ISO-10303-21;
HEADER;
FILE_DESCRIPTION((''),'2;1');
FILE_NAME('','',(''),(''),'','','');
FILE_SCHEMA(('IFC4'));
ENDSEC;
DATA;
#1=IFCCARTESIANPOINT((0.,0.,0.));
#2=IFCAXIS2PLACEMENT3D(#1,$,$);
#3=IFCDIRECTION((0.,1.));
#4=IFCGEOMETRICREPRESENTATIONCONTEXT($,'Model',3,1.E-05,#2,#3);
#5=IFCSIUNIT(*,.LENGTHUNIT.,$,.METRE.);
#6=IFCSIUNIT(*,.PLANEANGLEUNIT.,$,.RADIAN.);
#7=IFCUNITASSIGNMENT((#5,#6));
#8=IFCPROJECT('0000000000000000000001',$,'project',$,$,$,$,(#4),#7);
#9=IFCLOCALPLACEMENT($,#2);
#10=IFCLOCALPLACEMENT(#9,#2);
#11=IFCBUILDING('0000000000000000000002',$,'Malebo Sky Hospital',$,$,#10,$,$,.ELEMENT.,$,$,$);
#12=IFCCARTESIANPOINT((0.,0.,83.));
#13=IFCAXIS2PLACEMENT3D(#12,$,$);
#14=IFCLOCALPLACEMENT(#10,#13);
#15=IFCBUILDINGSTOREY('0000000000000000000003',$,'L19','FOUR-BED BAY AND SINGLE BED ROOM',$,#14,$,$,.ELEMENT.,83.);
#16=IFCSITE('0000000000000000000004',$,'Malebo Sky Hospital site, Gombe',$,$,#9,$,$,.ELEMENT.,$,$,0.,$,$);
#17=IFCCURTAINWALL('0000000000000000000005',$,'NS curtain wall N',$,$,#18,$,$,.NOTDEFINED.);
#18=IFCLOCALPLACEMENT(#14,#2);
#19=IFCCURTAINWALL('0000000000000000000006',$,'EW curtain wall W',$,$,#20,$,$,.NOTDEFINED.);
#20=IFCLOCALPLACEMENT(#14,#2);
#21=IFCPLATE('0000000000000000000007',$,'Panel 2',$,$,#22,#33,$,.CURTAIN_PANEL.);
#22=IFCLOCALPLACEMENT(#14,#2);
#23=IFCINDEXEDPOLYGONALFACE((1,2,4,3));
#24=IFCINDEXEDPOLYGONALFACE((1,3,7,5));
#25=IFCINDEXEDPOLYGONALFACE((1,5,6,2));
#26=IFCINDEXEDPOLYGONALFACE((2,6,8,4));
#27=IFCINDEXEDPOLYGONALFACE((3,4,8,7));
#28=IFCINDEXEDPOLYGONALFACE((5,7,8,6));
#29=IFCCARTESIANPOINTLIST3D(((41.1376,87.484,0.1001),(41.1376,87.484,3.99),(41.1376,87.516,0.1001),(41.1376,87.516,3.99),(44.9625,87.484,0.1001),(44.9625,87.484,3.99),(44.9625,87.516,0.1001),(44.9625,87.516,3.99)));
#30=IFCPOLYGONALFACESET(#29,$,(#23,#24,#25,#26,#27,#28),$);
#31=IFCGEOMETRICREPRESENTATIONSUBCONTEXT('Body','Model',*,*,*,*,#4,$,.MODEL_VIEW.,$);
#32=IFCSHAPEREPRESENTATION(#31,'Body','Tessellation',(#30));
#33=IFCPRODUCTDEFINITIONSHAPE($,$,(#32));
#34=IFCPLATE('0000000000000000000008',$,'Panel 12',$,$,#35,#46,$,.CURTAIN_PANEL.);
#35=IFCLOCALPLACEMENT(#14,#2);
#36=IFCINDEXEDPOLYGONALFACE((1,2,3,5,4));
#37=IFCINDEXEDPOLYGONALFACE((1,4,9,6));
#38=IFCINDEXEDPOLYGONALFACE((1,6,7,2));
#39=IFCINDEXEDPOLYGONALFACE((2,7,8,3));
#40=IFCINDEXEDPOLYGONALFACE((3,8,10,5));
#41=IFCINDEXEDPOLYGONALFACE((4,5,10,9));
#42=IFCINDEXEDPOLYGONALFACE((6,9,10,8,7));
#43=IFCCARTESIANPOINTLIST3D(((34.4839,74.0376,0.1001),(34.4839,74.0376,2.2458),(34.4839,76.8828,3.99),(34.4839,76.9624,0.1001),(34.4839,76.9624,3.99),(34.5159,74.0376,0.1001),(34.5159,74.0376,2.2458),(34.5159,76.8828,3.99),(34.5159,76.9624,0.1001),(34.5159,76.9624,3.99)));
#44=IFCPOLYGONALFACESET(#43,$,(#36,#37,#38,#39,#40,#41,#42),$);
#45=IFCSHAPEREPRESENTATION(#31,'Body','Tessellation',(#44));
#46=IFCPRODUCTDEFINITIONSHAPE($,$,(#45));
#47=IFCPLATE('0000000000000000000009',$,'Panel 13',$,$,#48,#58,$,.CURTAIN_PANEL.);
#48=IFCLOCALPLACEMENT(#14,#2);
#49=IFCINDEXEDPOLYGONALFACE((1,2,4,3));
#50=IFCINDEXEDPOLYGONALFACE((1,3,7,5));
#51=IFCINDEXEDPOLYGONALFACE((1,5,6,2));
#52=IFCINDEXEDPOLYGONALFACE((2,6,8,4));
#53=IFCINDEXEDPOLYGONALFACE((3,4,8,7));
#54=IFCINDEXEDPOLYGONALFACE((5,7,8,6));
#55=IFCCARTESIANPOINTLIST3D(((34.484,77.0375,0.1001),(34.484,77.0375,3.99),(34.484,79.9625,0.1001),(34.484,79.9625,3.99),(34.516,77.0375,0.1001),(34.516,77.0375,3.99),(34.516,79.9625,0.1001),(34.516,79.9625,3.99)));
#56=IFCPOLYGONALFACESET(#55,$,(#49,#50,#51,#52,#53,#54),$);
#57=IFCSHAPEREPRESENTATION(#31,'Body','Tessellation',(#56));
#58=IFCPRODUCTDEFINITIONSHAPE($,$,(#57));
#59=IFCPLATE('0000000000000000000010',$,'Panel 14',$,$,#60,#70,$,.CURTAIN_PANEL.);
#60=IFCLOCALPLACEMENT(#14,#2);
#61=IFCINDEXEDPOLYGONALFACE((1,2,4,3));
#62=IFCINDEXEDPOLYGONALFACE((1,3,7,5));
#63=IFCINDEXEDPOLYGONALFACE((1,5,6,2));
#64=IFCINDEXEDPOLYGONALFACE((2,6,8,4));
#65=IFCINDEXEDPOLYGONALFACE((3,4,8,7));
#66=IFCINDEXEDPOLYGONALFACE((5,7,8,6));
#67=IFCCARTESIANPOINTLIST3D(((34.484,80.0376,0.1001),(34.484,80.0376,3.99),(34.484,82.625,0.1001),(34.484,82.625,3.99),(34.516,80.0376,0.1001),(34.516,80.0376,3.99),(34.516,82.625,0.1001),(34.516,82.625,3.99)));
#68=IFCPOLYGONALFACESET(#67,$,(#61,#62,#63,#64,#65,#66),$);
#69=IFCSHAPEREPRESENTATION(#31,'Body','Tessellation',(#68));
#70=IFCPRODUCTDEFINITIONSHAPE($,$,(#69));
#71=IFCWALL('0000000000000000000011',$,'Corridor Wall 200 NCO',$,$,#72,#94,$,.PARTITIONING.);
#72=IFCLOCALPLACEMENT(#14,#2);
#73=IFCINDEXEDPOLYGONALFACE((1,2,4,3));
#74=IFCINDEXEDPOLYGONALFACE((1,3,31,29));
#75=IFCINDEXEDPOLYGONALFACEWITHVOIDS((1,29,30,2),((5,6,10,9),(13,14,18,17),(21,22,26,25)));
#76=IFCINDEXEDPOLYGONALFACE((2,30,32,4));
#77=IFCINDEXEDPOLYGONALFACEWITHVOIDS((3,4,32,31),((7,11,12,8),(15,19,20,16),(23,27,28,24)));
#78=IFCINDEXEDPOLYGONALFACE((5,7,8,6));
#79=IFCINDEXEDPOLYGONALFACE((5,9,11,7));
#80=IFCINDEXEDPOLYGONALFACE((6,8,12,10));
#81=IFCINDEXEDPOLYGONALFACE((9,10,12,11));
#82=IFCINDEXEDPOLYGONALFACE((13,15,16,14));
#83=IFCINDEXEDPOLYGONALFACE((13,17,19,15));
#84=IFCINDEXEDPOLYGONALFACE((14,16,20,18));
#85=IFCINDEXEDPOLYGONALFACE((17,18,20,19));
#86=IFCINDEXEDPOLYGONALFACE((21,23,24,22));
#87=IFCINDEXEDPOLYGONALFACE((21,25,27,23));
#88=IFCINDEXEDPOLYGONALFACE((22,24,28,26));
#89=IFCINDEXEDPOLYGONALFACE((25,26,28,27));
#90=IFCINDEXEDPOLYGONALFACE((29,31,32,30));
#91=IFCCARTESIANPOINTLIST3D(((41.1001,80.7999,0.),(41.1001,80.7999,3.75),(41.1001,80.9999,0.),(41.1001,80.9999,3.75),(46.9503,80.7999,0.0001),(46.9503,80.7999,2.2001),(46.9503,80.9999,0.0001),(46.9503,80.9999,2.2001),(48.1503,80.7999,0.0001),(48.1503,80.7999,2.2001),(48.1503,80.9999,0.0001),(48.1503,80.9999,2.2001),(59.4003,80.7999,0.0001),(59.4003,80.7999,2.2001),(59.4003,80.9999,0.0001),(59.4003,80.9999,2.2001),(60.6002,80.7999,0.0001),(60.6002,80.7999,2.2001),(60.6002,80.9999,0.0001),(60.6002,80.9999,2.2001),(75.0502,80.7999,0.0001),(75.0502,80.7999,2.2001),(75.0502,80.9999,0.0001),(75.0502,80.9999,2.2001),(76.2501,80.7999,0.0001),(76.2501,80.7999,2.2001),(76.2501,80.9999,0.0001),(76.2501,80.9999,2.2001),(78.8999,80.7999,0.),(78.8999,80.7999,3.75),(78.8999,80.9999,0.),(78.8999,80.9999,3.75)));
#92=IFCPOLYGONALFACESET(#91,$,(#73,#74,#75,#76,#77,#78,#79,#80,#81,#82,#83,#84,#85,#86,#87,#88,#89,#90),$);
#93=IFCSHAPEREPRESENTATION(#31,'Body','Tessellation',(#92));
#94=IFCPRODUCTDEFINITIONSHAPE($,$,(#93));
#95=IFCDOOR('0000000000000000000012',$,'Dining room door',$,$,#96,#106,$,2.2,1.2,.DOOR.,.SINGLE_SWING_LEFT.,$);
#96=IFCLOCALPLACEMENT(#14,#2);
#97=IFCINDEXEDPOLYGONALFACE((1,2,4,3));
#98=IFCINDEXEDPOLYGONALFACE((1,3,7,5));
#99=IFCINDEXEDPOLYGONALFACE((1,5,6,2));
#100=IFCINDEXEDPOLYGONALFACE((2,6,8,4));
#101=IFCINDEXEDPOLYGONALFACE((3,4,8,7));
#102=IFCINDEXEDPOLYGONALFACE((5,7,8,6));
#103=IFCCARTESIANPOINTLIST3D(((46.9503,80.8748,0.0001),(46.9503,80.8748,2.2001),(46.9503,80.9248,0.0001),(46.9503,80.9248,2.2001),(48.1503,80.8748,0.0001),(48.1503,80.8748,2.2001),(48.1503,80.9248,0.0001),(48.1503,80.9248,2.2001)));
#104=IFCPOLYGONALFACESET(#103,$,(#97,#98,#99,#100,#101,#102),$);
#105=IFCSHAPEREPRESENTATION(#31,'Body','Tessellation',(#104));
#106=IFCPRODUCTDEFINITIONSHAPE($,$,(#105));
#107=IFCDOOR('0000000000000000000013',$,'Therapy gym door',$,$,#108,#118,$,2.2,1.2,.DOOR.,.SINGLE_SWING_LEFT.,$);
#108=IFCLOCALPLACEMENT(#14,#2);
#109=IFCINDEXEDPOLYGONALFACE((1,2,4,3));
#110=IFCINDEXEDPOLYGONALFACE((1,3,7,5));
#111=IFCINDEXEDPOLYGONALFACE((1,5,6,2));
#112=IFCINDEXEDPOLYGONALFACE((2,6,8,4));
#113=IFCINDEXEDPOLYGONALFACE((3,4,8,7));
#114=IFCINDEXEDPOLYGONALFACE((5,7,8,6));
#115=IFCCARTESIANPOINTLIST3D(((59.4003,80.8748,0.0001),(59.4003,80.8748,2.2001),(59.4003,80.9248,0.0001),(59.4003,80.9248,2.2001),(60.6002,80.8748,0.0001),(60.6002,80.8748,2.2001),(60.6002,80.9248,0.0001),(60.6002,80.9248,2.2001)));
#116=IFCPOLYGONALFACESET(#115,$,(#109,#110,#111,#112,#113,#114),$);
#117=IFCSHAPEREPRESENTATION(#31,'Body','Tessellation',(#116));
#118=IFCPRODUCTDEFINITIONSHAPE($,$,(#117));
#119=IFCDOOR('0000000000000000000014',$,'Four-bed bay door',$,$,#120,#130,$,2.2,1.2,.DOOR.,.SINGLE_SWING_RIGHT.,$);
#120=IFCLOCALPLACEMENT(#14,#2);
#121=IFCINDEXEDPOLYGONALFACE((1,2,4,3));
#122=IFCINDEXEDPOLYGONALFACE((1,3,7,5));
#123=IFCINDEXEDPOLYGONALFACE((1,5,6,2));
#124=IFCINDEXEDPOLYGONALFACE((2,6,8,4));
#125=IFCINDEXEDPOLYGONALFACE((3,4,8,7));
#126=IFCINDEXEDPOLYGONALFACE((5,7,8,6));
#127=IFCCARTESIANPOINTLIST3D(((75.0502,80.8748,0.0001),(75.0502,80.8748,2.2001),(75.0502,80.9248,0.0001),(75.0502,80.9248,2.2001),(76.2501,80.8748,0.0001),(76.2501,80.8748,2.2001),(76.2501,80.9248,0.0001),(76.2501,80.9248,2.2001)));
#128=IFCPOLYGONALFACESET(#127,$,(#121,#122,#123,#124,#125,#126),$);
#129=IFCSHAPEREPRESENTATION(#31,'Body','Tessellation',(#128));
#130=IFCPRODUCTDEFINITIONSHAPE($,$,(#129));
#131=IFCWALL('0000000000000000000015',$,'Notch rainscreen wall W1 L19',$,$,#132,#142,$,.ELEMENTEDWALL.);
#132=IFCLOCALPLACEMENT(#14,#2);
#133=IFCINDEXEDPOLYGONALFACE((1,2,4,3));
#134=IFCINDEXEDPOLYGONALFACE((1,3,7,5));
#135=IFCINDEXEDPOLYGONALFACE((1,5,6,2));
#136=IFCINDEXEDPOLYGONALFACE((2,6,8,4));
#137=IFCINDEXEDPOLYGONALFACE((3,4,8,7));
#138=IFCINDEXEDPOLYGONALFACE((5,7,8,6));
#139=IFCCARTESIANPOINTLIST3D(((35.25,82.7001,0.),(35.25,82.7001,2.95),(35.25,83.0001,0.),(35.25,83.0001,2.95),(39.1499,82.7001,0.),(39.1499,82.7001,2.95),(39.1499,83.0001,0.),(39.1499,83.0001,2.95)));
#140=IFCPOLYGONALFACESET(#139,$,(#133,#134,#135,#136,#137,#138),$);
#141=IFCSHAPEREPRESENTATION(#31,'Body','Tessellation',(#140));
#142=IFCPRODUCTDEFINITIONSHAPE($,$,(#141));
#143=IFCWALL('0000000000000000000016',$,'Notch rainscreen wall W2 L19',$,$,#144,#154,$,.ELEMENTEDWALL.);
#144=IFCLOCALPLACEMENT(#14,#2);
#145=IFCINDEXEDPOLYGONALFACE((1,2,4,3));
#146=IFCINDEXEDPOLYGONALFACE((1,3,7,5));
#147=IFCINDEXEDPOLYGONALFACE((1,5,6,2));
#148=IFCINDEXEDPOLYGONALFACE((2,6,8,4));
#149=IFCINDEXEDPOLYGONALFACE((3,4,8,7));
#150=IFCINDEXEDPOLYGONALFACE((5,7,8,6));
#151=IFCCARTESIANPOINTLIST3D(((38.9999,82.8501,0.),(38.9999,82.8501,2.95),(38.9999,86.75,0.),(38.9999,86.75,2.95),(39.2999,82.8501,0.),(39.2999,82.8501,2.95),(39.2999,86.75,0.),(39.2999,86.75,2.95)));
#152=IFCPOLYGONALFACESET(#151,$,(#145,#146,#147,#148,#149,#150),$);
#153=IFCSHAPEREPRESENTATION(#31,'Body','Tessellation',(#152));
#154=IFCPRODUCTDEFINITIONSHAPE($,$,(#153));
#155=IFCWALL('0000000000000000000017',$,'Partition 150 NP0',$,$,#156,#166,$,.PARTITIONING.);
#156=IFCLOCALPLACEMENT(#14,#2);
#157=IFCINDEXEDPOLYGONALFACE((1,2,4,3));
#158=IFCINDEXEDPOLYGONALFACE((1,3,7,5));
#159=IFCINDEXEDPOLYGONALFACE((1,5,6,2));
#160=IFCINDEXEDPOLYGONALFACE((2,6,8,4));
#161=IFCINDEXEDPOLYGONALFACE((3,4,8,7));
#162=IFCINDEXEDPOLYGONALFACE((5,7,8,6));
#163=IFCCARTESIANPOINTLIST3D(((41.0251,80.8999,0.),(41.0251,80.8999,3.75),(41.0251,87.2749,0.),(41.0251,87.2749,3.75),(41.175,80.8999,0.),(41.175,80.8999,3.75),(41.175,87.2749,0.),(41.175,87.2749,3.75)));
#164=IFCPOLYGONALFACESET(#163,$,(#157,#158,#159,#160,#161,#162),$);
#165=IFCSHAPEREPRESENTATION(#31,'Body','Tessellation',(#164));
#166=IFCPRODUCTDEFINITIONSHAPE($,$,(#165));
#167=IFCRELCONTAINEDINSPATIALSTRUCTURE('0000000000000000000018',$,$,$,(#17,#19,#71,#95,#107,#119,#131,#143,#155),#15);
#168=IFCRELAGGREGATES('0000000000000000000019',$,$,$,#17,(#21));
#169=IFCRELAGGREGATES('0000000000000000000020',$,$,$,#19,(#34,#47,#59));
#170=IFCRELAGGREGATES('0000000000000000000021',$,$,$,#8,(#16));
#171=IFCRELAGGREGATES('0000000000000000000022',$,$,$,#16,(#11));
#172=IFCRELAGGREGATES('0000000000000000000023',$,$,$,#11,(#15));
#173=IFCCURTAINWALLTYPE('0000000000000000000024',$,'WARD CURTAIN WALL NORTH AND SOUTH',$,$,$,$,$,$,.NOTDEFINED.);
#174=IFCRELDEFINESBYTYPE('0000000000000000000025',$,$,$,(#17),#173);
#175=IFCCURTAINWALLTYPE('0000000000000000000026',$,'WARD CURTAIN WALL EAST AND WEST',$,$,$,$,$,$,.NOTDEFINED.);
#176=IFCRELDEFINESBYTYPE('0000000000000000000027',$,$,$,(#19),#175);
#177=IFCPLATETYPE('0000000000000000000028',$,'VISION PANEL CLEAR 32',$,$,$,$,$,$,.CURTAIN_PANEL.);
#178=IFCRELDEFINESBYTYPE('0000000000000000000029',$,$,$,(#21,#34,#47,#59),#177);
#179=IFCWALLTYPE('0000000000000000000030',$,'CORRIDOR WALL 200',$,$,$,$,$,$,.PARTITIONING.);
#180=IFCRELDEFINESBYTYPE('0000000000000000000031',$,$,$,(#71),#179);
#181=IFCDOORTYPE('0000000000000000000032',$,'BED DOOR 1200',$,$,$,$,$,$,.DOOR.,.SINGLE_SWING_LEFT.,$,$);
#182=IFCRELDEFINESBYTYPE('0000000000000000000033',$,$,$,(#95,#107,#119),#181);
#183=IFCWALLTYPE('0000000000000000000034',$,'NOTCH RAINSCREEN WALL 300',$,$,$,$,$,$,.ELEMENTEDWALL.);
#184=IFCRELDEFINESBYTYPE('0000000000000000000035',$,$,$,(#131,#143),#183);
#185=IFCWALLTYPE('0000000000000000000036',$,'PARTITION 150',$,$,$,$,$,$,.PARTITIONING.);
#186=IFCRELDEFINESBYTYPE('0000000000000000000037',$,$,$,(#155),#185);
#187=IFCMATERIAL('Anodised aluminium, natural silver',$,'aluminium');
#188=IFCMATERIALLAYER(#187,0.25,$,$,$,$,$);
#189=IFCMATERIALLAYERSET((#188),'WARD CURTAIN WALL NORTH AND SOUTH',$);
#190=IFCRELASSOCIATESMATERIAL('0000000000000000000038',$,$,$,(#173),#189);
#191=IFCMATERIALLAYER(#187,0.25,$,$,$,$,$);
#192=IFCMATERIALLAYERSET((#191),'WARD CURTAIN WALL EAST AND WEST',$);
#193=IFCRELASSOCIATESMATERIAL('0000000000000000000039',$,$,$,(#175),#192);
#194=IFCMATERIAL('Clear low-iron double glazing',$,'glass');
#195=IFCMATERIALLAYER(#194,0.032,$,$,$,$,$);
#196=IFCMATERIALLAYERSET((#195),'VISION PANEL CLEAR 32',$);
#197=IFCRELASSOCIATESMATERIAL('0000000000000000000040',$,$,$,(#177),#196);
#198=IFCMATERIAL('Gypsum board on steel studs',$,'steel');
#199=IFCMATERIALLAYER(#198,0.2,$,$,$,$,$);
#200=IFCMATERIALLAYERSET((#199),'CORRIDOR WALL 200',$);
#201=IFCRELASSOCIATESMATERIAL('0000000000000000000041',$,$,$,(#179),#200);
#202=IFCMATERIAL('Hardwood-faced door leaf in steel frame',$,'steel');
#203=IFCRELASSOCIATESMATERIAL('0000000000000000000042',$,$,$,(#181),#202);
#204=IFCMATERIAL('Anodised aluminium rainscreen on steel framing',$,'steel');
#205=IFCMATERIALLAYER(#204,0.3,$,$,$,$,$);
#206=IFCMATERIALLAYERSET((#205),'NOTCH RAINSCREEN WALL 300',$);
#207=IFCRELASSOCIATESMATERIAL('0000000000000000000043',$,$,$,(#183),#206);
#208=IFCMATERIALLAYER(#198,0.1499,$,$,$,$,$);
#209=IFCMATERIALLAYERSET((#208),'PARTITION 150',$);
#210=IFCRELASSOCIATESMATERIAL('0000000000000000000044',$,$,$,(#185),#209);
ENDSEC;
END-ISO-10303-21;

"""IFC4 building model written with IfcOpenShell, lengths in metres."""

from ifc_helpers import new_model, si_unit, direction, frame, frame_2d, origin, origin_2d, place, context, subcontext, project, spatial, polyline, rectangle, outline, extrude, material, layer, layer_set, type_object, element, fill, aggregate, save


model = new_model("IFC4")

# Units and contexts
model_context = context("Model", 3, precision=1e-05, world=origin(), true_north=direction((0.0, 1.0)))
body_context = subcontext(model_context, "Body", "Model", "MODEL_VIEW")
ifc_project = project(units=[si_unit("LENGTHUNIT", "METRE"), si_unit("PLANEANGLEUNIT", "RADIAN")], contexts=[model_context])

# Site, building, storey
site_placement = place(None, origin())
site = spatial("IfcSite", under=ifc_project, at=site_placement, Name="Malebo Sky Hospital site, Gombe", CompositionType="ELEMENT", RefElevation=0.0)
building_placement = place(site_placement, origin())
building = spatial("IfcBuilding", under=site, at=building_placement, Name="Malebo Sky Hospital", CompositionType="ELEMENT")
storey_placement = place(building_placement, frame((0.0, 0.0, 83.0)))
storey = spatial("IfcBuildingStorey", under=building, at=storey_placement, Name="L19", Description="FOUR-BED BAY AND SINGLE BED ROOM", CompositionType="ELEMENT", Elevation=83.0)

# Curtain walls
ifc_material_1 = material(Name="Anodised aluminium, natural silver", Category="aluminium")
ifc_layer_1 = layer(ifc_material_1, 0.25)
ifc_layer_set_1 = layer_set([ifc_layer_1], Name="WARD CURTAIN WALL NORTH AND SOUTH")
curtain_wall_type_1 = type_object("IfcCurtainWallType", Name="WARD CURTAIN WALL NORTH AND SOUTH", PredefinedType="NOTDEFINED", material=ifc_layer_set_1)
curtain_wall_1_placement = place(storey_placement, origin())
curtain_wall_1 = element("IfcCurtainWall", 1, at=curtain_wall_1_placement, inside=storey, type_object=curtain_wall_type_1, Name="NS curtain wall N", PredefinedType="NOTDEFINED")
ifc_layer_2 = layer(ifc_material_1, 0.25)
ifc_layer_set_2 = layer_set([ifc_layer_2], Name="WARD CURTAIN WALL EAST AND WEST")
curtain_wall_type_2 = type_object("IfcCurtainWallType", Name="WARD CURTAIN WALL EAST AND WEST", PredefinedType="NOTDEFINED", material=ifc_layer_set_2)
curtain_wall_2_placement = place(storey_placement, origin())
curtain_wall_2 = element("IfcCurtainWall", 2, at=curtain_wall_2_placement, inside=storey, type_object=curtain_wall_type_2, Name="EW curtain wall W", PredefinedType="NOTDEFINED")

# Plates
ifc_material_2 = material(Name="Clear low-iron double glazing", Category="glass")
ifc_layer_3 = layer(ifc_material_2, 0.032)
ifc_layer_set_3 = layer_set([ifc_layer_3], Name="VISION PANEL CLEAR 32")
plate_type = type_object("IfcPlateType", Name="VISION PANEL CLEAR 32", PredefinedType="CURTAIN_PANEL", material=ifc_layer_set_3)
plate_1_placement = place(storey_placement, frame((43.05, 87.5, 0.1001), z_axis=(0.0, 0.0, 1.0), x_axis=(1.0, 0.0, 0.0)))
plate_1 = element("IfcPlate", 3, at=plate_1_placement, type_object=plate_type, Name="Panel 2", PredefinedType="CURTAIN_PANEL", context=body_context, shape_type="SweptSolid", body=[
    extrude(rectangle(XDim=3.825, YDim=0.032, at=origin_2d()), origin(), (0.0, 0.0, 1.0), 3.8899),
])
aggregate(curtain_wall_1, [plate_1])
plate_2_placement = place(storey_placement, frame((34.5, 75.5, 0.1001), z_axis=(0.0, 0.0, 1.0), x_axis=(0.0, 1.0, 0.0)))
plate_2 = element("IfcPlate", 4, at=plate_2_placement, type_object=plate_type, Name="Panel 12", PredefinedType="CURTAIN_PANEL", context=body_context, shape_type="SweptSolid", body=[
    extrude(outline(polyline([(-1.4624, 0.0), (1.4624, 0.0), (1.4624, 3.8899), (1.3828, 3.8899), (-1.4624, 2.1458), (-1.4624, 0.0)])), frame((0.0, 0.0161, 0.0), z_axis=(0.0, -1.0, 0.0), x_axis=(1.0, 0.0, 0.0)), (0.0, 0.0, 1.0), 0.032),
])
plate_3_placement = place(storey_placement, frame((34.5, 78.5, 0.1001), z_axis=(0.0, 0.0, 1.0), x_axis=(0.0, 1.0, 0.0)))
plate_3 = element("IfcPlate", 5, at=plate_3_placement, type_object=plate_type, Name="Panel 13", PredefinedType="CURTAIN_PANEL", context=body_context, shape_type="SweptSolid", body=[
    extrude(rectangle(XDim=2.925, YDim=0.032, at=origin_2d()), origin(), (0.0, 0.0, 1.0), 3.8899),
])
plate_4_placement = place(storey_placement, frame((34.5, 81.3313, 0.1001), z_axis=(0.0, 0.0, 1.0), x_axis=(0.0, 1.0, 0.0)))
plate_4 = element("IfcPlate", 6, at=plate_4_placement, type_object=plate_type, Name="Panel 14", PredefinedType="CURTAIN_PANEL", context=body_context, shape_type="SweptSolid", body=[
    extrude(rectangle(XDim=2.5874, YDim=0.032, at=origin_2d()), origin(), (0.0, 0.0, 1.0), 3.8899),
])
aggregate(curtain_wall_2, [plate_2, plate_3, plate_4])

# Wall, openings, doors
ifc_material_3 = material(Name="Gypsum board on steel studs", Category="steel")
ifc_layer_4 = layer(ifc_material_3, 0.2)
ifc_layer_set_4 = layer_set([ifc_layer_4], Name="CORRIDOR WALL 200")
wall_type_1 = type_object("IfcWallType", Name="CORRIDOR WALL 200", PredefinedType="PARTITIONING", material=ifc_layer_set_4)
wall_1_placement = place(storey_placement, frame((41.1001, 80.8999, 0.0), z_axis=(0.0, 0.0, 1.0), x_axis=(1.0, 0.0, 0.0)))
wall_1 = element("IfcWall", 7, at=wall_1_placement, inside=storey, type_object=wall_type_1, Name="Corridor Wall 200 NCO", PredefinedType="PARTITIONING", context=body_context, shape_type="SweptSolid", body=[
    extrude(rectangle(XDim=37.7998, YDim=0.2, at=frame_2d((18.8999, 0.0))), origin(), (0.0, 0.0, 1.0), 3.75),
])
opening_1_placement = place(wall_1_placement, frame((5.8501, 0.0, 0.0)))
opening_1 = element("IfcOpeningElement", 8, at=opening_1_placement, cuts=wall_1, PredefinedType="OPENING", context=body_context, shape_type="SweptSolid", body=[
    extrude(rectangle(XDim=1.2, YDim=2.2, at=frame_2d((0.6001, 1.1001))), frame((0.0, 0.1099, 0.0), z_axis=(0.0, -1.0, 0.0), x_axis=(1.0, 0.0, 0.0)), (0.0, 0.0, 1.0), 0.22),
])
opening_2_placement = place(wall_1_placement, frame((18.3, 0.0, 0.0)))
opening_2 = element("IfcOpeningElement", 9, at=opening_2_placement, cuts=wall_1, PredefinedType="OPENING", context=body_context, shape_type="SweptSolid", body=[
    extrude(rectangle(XDim=1.2, YDim=2.2, at=frame_2d((0.6001, 1.1001))), frame((0.0, 0.1099, 0.0), z_axis=(0.0, -1.0, 0.0), x_axis=(1.0, 0.0, 0.0)), (0.0, 0.0, 1.0), 0.22),
])
opening_3_placement = place(wall_1_placement, frame((33.95, 0.0, 0.0)))
opening_3 = element("IfcOpeningElement", 10, at=opening_3_placement, cuts=wall_1, PredefinedType="OPENING", context=body_context, shape_type="SweptSolid", body=[
    extrude(rectangle(XDim=1.2, YDim=2.2, at=frame_2d((0.6001, 1.1001))), frame((0.0, 0.1099, 0.0), z_axis=(0.0, -1.0, 0.0), x_axis=(1.0, 0.0, 0.0)), (0.0, 0.0, 1.0), 0.22),
])
ifc_material_4 = material(Name="Hardwood-faced door leaf in steel frame", Category="steel")
door_type_1 = type_object("IfcDoorType", Name="BED DOOR 1200", OperationType="SINGLE_SWING_LEFT", PredefinedType="DOOR", material=ifc_material_4)
door_1_placement = place(opening_1_placement, origin())
door_1 = element("IfcDoor", 11, at=door_1_placement, inside=storey, type_object=door_type_1, Name="Dining room door", OperationType="SINGLE_SWING_LEFT", OverallHeight=2.2, OverallWidth=1.2, PredefinedType="DOOR", context=body_context, shape_type="SweptSolid", body=[
    extrude(rectangle(XDim=1.2, YDim=2.2, at=frame_2d((0.6001, 1.1001))), frame((0.0, 0.0249, 0.0), z_axis=(0.0, -1.0, 0.0), x_axis=(1.0, 0.0, 0.0)), (0.0, 0.0, 1.0), 0.05),
])
fill(opening_1, door_1)
door_2_placement = place(opening_2_placement, origin())
door_2 = element("IfcDoor", 12, at=door_2_placement, inside=storey, type_object=door_type_1, Name="Therapy gym door", OperationType="SINGLE_SWING_LEFT", OverallHeight=2.2, OverallWidth=1.2, PredefinedType="DOOR", context=body_context, shape_type="SweptSolid", body=[
    extrude(rectangle(XDim=1.2, YDim=2.2, at=frame_2d((0.6001, 1.1001))), frame((0.0, 0.0249, 0.0), z_axis=(0.0, -1.0, 0.0), x_axis=(1.0, 0.0, 0.0)), (0.0, 0.0, 1.0), 0.05),
])
fill(opening_2, door_2)
door_3_placement = place(opening_3_placement, origin())
door_3 = element("IfcDoor", 13, at=door_3_placement, inside=storey, type_object=door_type_1, Name="Four-bed bay door", OperationType="SINGLE_SWING_RIGHT", OverallHeight=2.2, OverallWidth=1.2, PredefinedType="DOOR", context=body_context, shape_type="SweptSolid", body=[
    extrude(rectangle(XDim=1.2, YDim=2.2, at=frame_2d((0.6001, 1.1001))), frame((0.0, 0.0249, 0.0), z_axis=(0.0, -1.0, 0.0), x_axis=(1.0, 0.0, 0.0)), (0.0, 0.0, 1.0), 0.05),
])
fill(opening_3, door_3)

# Walls
ifc_material_5 = material(Name="Anodised aluminium rainscreen on steel framing", Category="steel")
ifc_layer_5 = layer(ifc_material_5, 0.3)
ifc_layer_set_5 = layer_set([ifc_layer_5], Name="NOTCH RAINSCREEN WALL 300")
wall_type_2 = type_object("IfcWallType", Name="NOTCH RAINSCREEN WALL 300", PredefinedType="ELEMENTEDWALL", material=ifc_layer_set_5)
for number, where, z_axis, x_axis, name in (
    (14, (35.25, 82.8501, 0.0), (0.0, 0.0, 1.0), (1.0, 0.0, 0.0), "Notch rainscreen wall W1 L19"),
    (15, (39.1499, 82.8501, 0.0), (0.0, 0.0, 1.0), (0.0, 1.0, 0.0), "Notch rainscreen wall W2 L19"),
):
    element("IfcWall", number, at=place(storey_placement, frame(where, z_axis=z_axis, x_axis=x_axis)), inside=storey, type_object=wall_type_2, Name=name, PredefinedType="ELEMENTEDWALL", context=body_context, shape_type="SweptSolid", body=[
        extrude(rectangle(XDim=3.8999, YDim=0.3, at=frame_2d((1.95, 0.0))), origin(), (0.0, 0.0, 1.0), 2.95),
    ])
ifc_layer_6 = layer(ifc_material_3, 0.1499)
ifc_layer_set_6 = layer_set([ifc_layer_6], Name="PARTITION 150")
wall_type_3 = type_object("IfcWallType", Name="PARTITION 150", PredefinedType="PARTITIONING", material=ifc_layer_set_6)
wall_2_placement = place(storey_placement, frame((41.1001, 80.8999, 0.0), z_axis=(0.0, 0.0, 1.0), x_axis=(0.0, 1.0, 0.0)))
element("IfcWall", 16, at=wall_2_placement, inside=storey, type_object=wall_type_3, Name="Partition 150 NP0", PredefinedType="PARTITIONING", context=body_context, shape_type="SweptSolid", body=[
    extrude(rectangle(XDim=6.375, YDim=0.1499, at=frame_2d((3.1875, 0.0))), origin(), (0.0, 0.0, 1.0), 3.75),
])

save(model, "model.ifc")
